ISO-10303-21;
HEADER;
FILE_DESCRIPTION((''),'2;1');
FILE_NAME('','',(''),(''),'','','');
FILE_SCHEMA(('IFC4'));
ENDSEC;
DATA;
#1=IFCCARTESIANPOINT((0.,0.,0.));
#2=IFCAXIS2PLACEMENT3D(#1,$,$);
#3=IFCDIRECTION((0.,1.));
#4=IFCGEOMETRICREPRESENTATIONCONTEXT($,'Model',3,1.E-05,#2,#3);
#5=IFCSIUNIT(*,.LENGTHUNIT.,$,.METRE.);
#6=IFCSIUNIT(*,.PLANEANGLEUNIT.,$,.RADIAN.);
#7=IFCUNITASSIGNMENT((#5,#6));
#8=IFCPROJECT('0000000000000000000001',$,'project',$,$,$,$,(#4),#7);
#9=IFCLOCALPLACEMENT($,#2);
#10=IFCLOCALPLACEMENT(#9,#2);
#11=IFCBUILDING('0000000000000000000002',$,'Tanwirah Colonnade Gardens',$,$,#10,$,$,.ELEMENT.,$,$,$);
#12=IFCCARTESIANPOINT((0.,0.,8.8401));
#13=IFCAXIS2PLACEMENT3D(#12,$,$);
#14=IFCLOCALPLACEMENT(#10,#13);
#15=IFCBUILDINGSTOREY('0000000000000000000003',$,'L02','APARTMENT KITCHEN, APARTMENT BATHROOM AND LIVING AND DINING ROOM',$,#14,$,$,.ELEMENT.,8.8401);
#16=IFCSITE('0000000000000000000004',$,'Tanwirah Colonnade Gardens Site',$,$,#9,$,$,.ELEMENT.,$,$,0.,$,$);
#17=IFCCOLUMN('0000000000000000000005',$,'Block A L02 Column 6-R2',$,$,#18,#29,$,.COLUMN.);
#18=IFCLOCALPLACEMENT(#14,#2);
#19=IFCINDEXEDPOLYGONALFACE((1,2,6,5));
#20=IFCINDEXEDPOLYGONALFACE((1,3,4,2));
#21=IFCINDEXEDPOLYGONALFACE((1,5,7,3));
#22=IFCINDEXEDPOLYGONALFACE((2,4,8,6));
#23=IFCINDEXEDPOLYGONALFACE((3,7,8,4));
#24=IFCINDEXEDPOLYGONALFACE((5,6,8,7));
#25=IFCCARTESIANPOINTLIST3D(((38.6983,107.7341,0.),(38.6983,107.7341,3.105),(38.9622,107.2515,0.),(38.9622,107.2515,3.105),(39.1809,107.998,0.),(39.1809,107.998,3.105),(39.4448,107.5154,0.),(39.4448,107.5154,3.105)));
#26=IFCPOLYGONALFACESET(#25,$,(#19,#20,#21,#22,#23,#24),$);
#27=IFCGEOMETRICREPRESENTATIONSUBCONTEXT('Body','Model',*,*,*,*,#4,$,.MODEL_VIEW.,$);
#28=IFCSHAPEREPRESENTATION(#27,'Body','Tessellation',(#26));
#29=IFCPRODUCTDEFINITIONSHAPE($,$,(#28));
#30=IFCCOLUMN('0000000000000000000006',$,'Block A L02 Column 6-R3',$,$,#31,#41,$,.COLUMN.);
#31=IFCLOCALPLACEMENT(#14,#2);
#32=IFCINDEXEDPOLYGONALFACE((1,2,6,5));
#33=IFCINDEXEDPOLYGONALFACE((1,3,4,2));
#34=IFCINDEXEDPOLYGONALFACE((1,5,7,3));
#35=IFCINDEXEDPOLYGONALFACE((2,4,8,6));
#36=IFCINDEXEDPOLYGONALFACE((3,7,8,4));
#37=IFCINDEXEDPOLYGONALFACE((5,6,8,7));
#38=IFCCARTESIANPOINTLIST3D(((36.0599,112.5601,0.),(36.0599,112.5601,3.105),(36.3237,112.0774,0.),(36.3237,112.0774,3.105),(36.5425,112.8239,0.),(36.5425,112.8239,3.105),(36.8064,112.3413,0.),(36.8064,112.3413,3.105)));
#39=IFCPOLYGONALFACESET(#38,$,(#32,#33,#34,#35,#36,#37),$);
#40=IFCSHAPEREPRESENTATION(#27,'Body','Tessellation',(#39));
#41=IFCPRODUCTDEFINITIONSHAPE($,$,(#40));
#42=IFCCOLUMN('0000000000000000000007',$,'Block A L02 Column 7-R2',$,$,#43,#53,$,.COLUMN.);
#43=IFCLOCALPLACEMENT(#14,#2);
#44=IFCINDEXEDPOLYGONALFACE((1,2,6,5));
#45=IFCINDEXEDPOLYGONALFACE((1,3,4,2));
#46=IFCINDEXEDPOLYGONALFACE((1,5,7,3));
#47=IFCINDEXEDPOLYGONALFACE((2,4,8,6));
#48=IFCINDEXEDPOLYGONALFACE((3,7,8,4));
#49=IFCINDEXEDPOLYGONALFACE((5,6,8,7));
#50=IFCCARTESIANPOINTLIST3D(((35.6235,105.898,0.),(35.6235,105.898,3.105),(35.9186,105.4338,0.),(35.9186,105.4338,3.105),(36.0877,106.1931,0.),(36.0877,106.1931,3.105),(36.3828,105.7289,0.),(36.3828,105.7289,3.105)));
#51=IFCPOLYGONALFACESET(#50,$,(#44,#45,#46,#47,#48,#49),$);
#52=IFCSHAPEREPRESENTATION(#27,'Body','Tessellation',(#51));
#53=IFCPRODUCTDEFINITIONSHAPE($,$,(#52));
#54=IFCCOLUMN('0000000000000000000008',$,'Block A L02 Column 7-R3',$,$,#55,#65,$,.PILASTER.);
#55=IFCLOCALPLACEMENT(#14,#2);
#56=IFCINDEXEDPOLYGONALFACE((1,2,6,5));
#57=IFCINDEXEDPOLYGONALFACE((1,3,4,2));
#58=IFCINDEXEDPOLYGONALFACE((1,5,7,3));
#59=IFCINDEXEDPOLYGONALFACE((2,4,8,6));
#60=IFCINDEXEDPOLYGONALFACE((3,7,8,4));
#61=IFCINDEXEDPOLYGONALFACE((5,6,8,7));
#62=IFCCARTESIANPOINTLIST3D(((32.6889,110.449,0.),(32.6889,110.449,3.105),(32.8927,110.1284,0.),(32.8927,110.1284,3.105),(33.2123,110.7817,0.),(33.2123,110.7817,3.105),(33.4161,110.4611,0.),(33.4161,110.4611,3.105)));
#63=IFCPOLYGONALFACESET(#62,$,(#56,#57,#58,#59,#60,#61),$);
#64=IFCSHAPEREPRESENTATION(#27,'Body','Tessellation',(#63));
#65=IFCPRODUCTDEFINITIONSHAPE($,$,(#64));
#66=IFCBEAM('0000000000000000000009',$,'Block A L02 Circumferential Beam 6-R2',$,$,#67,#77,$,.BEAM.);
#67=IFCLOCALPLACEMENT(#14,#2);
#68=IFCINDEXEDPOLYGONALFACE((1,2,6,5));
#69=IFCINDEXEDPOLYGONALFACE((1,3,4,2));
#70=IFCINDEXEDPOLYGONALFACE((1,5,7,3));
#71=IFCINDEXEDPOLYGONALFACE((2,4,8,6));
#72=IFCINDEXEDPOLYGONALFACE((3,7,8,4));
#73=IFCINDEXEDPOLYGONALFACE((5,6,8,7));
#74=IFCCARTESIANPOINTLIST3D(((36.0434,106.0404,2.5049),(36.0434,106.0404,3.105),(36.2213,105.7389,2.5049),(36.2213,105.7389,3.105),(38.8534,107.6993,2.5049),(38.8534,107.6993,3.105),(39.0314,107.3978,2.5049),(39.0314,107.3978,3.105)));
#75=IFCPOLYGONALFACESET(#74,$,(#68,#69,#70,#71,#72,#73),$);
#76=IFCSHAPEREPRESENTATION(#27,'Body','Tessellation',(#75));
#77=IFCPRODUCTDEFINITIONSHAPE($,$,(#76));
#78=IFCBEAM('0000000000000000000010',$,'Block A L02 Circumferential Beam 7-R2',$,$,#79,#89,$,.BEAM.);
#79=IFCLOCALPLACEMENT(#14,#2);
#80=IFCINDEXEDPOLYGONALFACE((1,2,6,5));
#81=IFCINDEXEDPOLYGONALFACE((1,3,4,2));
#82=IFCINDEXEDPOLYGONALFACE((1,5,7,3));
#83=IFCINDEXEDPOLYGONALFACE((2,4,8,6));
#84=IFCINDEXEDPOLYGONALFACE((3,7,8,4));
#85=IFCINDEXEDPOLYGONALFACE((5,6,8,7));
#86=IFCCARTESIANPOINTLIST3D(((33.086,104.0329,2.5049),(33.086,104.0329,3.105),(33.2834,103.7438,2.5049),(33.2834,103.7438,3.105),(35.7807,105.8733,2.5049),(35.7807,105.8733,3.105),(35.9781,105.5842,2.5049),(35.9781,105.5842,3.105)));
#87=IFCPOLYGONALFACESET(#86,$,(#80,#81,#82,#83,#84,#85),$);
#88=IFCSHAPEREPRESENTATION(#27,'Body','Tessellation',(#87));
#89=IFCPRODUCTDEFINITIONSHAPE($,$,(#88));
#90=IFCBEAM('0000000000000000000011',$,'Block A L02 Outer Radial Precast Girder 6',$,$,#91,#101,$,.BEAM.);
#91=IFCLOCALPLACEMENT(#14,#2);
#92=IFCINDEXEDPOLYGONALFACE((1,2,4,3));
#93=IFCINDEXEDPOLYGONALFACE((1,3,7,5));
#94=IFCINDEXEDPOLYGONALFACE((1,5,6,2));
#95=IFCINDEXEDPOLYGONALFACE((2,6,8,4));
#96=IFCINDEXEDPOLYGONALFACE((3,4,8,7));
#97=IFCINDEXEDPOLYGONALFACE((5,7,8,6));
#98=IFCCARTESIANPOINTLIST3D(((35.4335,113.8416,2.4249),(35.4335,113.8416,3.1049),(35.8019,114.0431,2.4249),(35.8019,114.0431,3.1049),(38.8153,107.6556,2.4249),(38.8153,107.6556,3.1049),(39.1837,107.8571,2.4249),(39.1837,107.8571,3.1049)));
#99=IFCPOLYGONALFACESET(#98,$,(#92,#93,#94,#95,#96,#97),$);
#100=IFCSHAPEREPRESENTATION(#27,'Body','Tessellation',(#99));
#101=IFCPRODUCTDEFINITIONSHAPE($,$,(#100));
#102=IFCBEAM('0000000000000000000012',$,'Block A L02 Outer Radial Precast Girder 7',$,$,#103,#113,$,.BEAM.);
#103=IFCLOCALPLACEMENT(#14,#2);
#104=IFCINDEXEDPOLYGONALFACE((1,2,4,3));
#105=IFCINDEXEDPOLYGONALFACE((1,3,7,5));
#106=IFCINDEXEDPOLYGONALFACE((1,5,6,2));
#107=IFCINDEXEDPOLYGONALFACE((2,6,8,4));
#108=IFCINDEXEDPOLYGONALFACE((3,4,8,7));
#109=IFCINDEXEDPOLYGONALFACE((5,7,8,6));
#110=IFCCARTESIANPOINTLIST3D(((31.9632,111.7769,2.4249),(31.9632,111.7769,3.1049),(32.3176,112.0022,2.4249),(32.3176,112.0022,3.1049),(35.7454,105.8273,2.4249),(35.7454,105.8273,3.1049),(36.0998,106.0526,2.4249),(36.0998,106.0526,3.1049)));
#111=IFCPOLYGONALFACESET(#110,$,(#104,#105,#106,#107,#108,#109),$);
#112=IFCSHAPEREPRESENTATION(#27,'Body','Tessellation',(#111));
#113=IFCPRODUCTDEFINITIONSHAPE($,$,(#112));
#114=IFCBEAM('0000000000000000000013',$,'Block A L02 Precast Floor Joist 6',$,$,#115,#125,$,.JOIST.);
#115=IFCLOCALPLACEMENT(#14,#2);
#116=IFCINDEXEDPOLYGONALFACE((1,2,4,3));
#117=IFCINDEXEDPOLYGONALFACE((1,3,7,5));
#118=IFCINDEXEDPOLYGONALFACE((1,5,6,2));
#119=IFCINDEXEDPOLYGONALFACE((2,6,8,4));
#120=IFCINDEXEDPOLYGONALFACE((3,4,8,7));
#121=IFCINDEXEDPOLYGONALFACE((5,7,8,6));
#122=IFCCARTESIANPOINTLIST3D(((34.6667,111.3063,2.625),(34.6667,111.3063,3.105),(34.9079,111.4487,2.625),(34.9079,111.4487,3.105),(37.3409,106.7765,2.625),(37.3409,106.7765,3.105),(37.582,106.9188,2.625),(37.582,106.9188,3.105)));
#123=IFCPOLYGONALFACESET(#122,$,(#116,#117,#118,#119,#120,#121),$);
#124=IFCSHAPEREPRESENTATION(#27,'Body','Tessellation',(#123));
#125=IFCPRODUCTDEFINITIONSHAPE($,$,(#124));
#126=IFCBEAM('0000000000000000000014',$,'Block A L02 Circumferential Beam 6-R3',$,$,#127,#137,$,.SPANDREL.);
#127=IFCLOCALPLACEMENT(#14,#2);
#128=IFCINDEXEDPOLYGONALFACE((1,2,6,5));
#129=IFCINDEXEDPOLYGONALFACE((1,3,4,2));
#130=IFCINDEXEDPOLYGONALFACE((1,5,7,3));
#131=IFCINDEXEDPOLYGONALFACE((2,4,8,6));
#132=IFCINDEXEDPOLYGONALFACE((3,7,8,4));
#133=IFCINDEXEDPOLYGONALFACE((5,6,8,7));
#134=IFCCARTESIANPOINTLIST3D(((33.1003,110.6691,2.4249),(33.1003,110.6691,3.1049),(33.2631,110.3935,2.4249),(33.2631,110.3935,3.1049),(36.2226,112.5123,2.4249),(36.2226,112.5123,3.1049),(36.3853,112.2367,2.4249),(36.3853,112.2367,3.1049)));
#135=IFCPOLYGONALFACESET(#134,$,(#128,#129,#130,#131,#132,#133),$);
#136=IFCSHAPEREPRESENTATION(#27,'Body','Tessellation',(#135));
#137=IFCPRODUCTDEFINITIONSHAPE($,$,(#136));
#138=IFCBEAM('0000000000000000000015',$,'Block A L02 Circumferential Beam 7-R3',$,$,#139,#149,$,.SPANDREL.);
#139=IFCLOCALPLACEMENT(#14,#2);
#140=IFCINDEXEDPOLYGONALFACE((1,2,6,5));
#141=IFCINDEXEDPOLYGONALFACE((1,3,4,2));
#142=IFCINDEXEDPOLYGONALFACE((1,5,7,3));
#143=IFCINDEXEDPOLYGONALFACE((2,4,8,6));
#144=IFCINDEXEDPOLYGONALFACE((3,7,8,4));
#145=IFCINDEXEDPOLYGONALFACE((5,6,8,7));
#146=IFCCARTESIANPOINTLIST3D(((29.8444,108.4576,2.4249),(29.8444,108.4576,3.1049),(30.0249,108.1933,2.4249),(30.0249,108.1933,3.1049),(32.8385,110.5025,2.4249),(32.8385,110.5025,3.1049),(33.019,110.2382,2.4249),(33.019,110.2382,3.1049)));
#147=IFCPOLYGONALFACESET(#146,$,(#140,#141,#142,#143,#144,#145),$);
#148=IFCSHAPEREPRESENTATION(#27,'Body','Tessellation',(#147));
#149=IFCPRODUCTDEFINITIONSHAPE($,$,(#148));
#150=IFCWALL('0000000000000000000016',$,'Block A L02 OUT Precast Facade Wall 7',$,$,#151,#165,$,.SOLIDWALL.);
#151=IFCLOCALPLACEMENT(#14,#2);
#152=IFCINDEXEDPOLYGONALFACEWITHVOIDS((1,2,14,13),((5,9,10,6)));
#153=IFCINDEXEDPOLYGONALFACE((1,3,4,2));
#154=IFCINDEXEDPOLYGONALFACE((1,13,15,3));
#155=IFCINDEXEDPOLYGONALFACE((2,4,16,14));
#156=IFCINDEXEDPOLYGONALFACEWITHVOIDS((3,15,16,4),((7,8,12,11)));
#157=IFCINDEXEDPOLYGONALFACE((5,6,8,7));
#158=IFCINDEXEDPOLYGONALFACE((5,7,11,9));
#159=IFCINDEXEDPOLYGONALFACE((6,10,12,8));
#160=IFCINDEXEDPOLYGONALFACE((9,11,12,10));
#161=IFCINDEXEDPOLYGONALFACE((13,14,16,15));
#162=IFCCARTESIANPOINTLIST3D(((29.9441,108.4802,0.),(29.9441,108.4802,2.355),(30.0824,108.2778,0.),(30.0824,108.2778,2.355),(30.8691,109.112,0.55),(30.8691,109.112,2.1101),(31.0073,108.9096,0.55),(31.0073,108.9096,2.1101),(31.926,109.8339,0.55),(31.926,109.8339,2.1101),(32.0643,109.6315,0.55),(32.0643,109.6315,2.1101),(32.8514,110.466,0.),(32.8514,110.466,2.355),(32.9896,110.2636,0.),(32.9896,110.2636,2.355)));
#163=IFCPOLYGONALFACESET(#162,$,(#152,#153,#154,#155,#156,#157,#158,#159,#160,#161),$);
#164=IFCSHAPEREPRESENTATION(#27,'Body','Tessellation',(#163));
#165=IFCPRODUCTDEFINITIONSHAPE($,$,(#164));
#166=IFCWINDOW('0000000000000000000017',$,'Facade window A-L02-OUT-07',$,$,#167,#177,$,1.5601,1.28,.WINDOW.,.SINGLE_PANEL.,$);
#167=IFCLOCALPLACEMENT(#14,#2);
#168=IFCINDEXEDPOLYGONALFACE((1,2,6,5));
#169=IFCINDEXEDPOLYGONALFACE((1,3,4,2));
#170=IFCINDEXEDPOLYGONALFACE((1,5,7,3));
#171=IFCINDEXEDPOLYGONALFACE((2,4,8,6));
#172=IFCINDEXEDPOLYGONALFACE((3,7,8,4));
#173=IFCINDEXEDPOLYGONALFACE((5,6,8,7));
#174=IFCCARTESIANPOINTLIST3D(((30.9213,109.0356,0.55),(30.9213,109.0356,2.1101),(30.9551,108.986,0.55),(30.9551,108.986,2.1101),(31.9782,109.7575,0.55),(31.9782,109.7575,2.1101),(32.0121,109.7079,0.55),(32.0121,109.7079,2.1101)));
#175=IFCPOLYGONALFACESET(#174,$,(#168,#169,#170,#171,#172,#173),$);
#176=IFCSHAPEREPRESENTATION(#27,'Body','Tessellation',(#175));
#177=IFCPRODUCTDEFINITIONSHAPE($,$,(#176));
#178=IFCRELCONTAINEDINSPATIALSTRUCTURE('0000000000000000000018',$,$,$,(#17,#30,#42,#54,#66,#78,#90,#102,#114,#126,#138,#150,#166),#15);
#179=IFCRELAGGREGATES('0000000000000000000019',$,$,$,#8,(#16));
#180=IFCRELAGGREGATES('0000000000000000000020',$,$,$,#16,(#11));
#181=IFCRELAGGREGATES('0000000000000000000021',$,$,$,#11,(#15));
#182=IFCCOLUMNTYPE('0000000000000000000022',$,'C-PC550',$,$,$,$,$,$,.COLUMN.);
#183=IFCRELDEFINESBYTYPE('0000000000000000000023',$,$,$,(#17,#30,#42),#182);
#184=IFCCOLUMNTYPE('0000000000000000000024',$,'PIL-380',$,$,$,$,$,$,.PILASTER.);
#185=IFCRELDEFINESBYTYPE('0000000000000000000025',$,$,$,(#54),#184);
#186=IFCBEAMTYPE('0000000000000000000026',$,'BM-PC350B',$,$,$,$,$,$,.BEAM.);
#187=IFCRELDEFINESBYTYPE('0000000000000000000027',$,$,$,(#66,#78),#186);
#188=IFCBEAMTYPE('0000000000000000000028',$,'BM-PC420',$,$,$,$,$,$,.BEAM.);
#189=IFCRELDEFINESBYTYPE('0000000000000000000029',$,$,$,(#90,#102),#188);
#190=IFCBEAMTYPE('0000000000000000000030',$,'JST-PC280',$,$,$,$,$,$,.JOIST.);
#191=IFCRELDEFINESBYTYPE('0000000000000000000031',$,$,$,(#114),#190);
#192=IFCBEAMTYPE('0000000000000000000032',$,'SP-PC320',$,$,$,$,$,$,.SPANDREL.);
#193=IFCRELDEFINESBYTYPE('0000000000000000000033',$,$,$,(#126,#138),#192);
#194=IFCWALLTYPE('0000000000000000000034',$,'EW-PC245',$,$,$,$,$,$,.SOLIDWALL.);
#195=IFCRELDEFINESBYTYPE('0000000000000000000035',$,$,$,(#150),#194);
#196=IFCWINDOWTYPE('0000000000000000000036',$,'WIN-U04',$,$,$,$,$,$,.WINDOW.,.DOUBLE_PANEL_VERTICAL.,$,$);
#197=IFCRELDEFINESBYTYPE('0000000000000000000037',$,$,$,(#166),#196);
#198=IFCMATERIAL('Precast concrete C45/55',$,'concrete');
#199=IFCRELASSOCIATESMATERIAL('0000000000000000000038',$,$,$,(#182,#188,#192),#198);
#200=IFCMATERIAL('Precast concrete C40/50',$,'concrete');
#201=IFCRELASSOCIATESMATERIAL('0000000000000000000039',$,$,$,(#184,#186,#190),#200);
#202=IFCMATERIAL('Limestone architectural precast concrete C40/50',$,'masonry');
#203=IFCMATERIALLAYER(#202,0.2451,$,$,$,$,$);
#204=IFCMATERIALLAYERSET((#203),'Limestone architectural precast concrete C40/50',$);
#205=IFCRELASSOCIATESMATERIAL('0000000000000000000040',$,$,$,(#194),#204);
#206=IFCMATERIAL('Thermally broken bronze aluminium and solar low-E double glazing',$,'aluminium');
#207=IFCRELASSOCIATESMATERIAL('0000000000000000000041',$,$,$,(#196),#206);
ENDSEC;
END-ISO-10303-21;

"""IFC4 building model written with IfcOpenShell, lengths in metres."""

from ifc_helpers import new_model, si_unit, direction, frame, frame_2d, origin, origin_2d, place, context, subcontext, project, spatial, rectangle, extrude, material, layer, layer_set, material_profile, profile_set, type_object, element, fill, save


model = new_model("IFC4")

# Units and contexts
model_context = context("Model", 3, precision=1e-05, world=origin(), true_north=direction((0.0, 1.0)))
body_context = subcontext(model_context, "Body", "Model", "MODEL_VIEW")
ifc_project = project(units=[si_unit("LENGTHUNIT", "METRE"), si_unit("PLANEANGLEUNIT", "RADIAN")], contexts=[model_context])

# Site, building, storey
site_placement = place(None, origin())
site = spatial("IfcSite", under=ifc_project, at=site_placement, Name="Tanwirah Colonnade Gardens Site", CompositionType="ELEMENT", RefElevation=0.0)
building_placement = place(site_placement, origin())
building = spatial("IfcBuilding", under=site, at=building_placement, Name="Tanwirah Colonnade Gardens", CompositionType="ELEMENT")
storey_placement = place(building_placement, frame((0.0, 0.0, 8.8401)))
storey = spatial("IfcBuildingStorey", under=building, at=storey_placement, Name="L02", Description="APARTMENT KITCHEN, APARTMENT BATHROOM AND LIVING AND DINING ROOM", CompositionType="ELEMENT", Elevation=8.8401)

# Columns
ifc_material_1 = material(Name="Precast concrete C45/55", Category="concrete")
ifc_material_profile_1 = material_profile(ifc_material_1, rectangle(XDim=0.55, YDim=0.55, at=origin_2d()), Name="PC-COL 550x550")
ifc_profile_set_1 = profile_set([ifc_material_profile_1], Name="Precast concrete C45/55")
column_type_1 = type_object("IfcColumnType", Name="C-PC550", PredefinedType="COLUMN", material=ifc_profile_set_1)
for number, where, z_axis, x_axis, name in (
    (1, (39.0715, 107.6248, 0.0), (0.0, 0.0, 1.0), (-0.479713, 0.877425, 0.0), "Block A L02 Column 6-R2"),
    (2, (36.4331, 112.4507, 0.0), (0.0, 0.0, 1.0), (-0.479713, 0.877425, 0.0), "Block A L02 Column 6-R3"),
    (3, (36.0032, 105.8135, 0.0), (0.0, 0.0, 1.0), (-0.536482, 0.843912, 0.0), "Block A L02 Column 7-R2"),
):
    element("IfcColumn", number, at=place(storey_placement, frame(where, z_axis=z_axis, x_axis=x_axis)), inside=storey, type_object=column_type_1, Name=name, PredefinedType="COLUMN", context=body_context, shape_type="SweptSolid", body=[
        extrude(rectangle(XDim=0.55, YDim=0.55, at=origin_2d()), origin(), (0.0, 0.0, 1.0), 3.105),
    ])
ifc_material_2 = material(Name="Precast concrete C40/50", Category="concrete")
ifc_material_profile_2 = material_profile(ifc_material_2, rectangle(XDim=0.3799, YDim=0.6201, at=origin_2d()), Name="PC-PIL 380x620")
ifc_profile_set_2 = profile_set([ifc_material_profile_2], Name="Precast concrete C40/50")
column_type_2 = type_object("IfcColumnType", Name="PIL-380", PredefinedType="PILASTER", material=ifc_profile_set_2)
column_placement = place(storey_placement, frame((33.0525, 110.4551, 0.0), z_axis=(0.0, 0.0, 1.0), x_axis=(-0.536482, 0.843912, 0.0)))
element("IfcColumn", 4, at=column_placement, inside=storey, type_object=column_type_2, Name="Block A L02 Column 7-R3", PredefinedType="PILASTER", context=body_context, shape_type="SweptSolid", body=[
    extrude(rectangle(XDim=0.3799, YDim=0.6201, at=origin_2d()), origin(), (0.0, 0.0, 1.0), 3.105),
])

# Beams
ifc_material_profile_3 = material_profile(ifc_material_2, rectangle(XDim=0.3501, YDim=0.6001, at=origin_2d()), Name="PC-BM 350x600")
ifc_profile_set_3 = profile_set([ifc_material_profile_3], Name="Precast concrete C40/50")
beam_type_1 = type_object("IfcBeamType", Name="BM-PC350B", PredefinedType="BEAM", material=ifc_profile_set_3)
for number, where, z_axis, x_axis, name in (
    (5, (38.9424, 107.5486, 2.8049), (-0.861135, -0.508376, 0.0), (0.508376, -0.861135, 0.0), "Block A L02 Circumferential Beam 6-R2"),
    (6, (35.8794, 105.7288, 2.8049), (-0.825782, -0.563989, 0.0), (0.563989, -0.825782, 0.0), "Block A L02 Circumferential Beam 7-R2"),
):
    element("IfcBeam", number, at=place(storey_placement, frame(where, z_axis=z_axis, x_axis=x_axis)), inside=storey, type_object=beam_type_1, Name=name, PredefinedType="BEAM", context=body_context, shape_type="SweptSolid", body=[
        extrude(rectangle(XDim=0.3501, YDim=0.6001, at=origin_2d()), origin(), (0.0, 0.0, 1.0), 3.2632),
    ])
ifc_material_profile_4 = material_profile(ifc_material_1, rectangle(XDim=0.4199, YDim=0.6799, at=origin_2d()), Name="PC-BM 420x680")
ifc_profile_set_4 = profile_set([ifc_material_profile_4], Name="Precast concrete C45/55")
beam_type_2 = type_object("IfcBeamType", Name="BM-PC420", PredefinedType="BEAM", material=ifc_profile_set_4)
for number, where, z_axis, x_axis, name in (
    (7, (38.9995, 107.7563, 2.7649), (-0.479687, 0.87744, 0.0), (-0.87744, -0.479687, 0.0), "Block A L02 Outer Radial Precast Girder 6"),
    (8, (35.9226, 105.9399, 2.7649), (-0.536477, 0.843915, 0.0), (-0.843915, -0.536477, 0.0), "Block A L02 Outer Radial Precast Girder 7"),
):
    element("IfcBeam", number, at=place(storey_placement, frame(where, z_axis=z_axis, x_axis=x_axis)), inside=storey, type_object=beam_type_2, Name=name, PredefinedType="BEAM", context=body_context, shape_type="SweptSolid", body=[
        extrude(rectangle(XDim=0.4199, YDim=0.6799, at=origin_2d()), origin(), (0.0, 0.0, 1.0), 7.05),
    ])
ifc_material_profile_5 = material_profile(ifc_material_2, rectangle(XDim=0.28, YDim=0.48, at=origin_2d()), Name="PC-JST 280x480")
ifc_profile_set_5 = profile_set([ifc_material_profile_5], Name="Precast concrete C40/50")
beam_type_3 = type_object("IfcBeamType", Name="JST-PC280", PredefinedType="JOIST", material=ifc_profile_set_5)
beam_placement = place(storey_placement, frame((37.4614, 106.8477, 2.865), z_axis=(-0.50836, 0.861145, 0.0), x_axis=(-0.861145, -0.50836, 0.0)))
element("IfcBeam", 9, at=beam_placement, inside=storey, type_object=beam_type_3, Name="Block A L02 Precast Floor Joist 6", PredefinedType="JOIST", context=body_context, shape_type="SweptSolid", body=[
    extrude(rectangle(XDim=0.28, YDim=0.48, at=origin_2d()), origin(), (0.0, 0.0, 1.0), 5.2603),
])
ifc_material_profile_6 = material_profile(ifc_material_1, rectangle(XDim=0.3201, YDim=0.6799, at=origin_2d()), Name="PC-SP 320x680")
ifc_profile_set_6 = profile_set([ifc_material_profile_6], Name="Precast concrete C45/55")
beam_type_4 = type_object("IfcBeamType", Name="SP-PC320", PredefinedType="SPANDREL", material=ifc_profile_set_6)
for number, where, z_axis, x_axis, name in (
    (10, (36.304, 112.3745, 2.7649), (-0.861137, -0.508373, 0.0), (0.508373, -0.861137, 0.0), "Block A L02 Circumferential Beam 6-R3"),
    (11, (32.9287, 110.3704, 2.7649), (-0.825783, -0.563989, 0.0), (0.563989, -0.825783, 0.0), "Block A L02 Circumferential Beam 7-R3"),
):
    element("IfcBeam", number, at=place(storey_placement, frame(where, z_axis=z_axis, x_axis=x_axis)), inside=storey, type_object=beam_type_4, Name=name, PredefinedType="SPANDREL", context=body_context, shape_type="SweptSolid", body=[
        extrude(rectangle(XDim=0.3201, YDim=0.6799, at=origin_2d()), origin(), (0.0, 0.0, 1.0), 3.6257),
    ])

# Shared definitions
ifc_material_3 = material(Name="Limestone architectural precast concrete C40/50", Category="masonry")
ifc_layer_1 = layer(ifc_material_3, 0.2451)
ifc_layer_set_1 = layer_set([ifc_layer_1], Name="Limestone architectural precast concrete C40/50")
wall_type_1 = type_object("IfcWallType", Name="EW-PC245", PredefinedType="SOLIDWALL", material=ifc_layer_set_1)

# Wall, opening, window
wall_1_placement = place(storey_placement, frame((32.9204, 110.3647, 0.0), z_axis=(0.0, 0.0, 1.0), x_axis=(-0.825746, -0.564042, 0.0)))
wall_1 = element("IfcWall", 12, at=wall_1_placement, inside=storey, type_object=wall_type_1, Name="Block A L02 OUT Precast Facade Wall 7", PredefinedType="SOLIDWALL", context=body_context, shape_type="SweptSolid", body=[
    extrude(rectangle(XDim=3.5208, YDim=0.2451, at=frame_2d((1.7603, 0.0))), origin(), (0.0, 0.0, 1.0), 2.355),
])
opening_1_placement = place(wall_1_placement, frame((1.1204, 0.0, 0.55)))
opening_1 = element("IfcOpeningElement", 13, at=opening_1_placement, cuts=wall_1, PredefinedType="OPENING", context=body_context, shape_type="SweptSolid", body=[
    extrude(rectangle(XDim=1.28, YDim=1.5601, at=frame_2d((0.6401, 0.78))), frame((0.0, 0.1326, 0.0), z_axis=(0.0, -1.0, 0.0), x_axis=(1.0, 0.0, 0.0)), (0.0, 0.0, 1.0), 0.2651),
])
ifc_material_4 = material(Name="Thermally broken bronze aluminium and solar low-E double glazing", Category="aluminium")
window_type = type_object("IfcWindowType", Name="WIN-U04", PartitioningType="DOUBLE_PANEL_VERTICAL", PredefinedType="WINDOW", material=ifc_material_4)
window_placement = place(opening_1_placement, origin())
window = element("IfcWindow", 14, at=window_placement, inside=storey, type_object=window_type, Name="Facade window A-L02-OUT-07", OverallHeight=1.5601, OverallWidth=1.28, PartitioningType="SINGLE_PANEL", PredefinedType="WINDOW", context=body_context, shape_type="SweptSolid", body=[
    extrude(rectangle(XDim=1.28, YDim=1.5601, at=frame_2d((0.6401, 0.78))), frame((0.0, 0.03, 0.0), z_axis=(0.0, -1.0, 0.0), x_axis=(1.0, 0.0, 0.0)), (0.0, 0.0, 1.0), 0.0601),
])
fill(opening_1, window)

save(model, "model.ifc")
